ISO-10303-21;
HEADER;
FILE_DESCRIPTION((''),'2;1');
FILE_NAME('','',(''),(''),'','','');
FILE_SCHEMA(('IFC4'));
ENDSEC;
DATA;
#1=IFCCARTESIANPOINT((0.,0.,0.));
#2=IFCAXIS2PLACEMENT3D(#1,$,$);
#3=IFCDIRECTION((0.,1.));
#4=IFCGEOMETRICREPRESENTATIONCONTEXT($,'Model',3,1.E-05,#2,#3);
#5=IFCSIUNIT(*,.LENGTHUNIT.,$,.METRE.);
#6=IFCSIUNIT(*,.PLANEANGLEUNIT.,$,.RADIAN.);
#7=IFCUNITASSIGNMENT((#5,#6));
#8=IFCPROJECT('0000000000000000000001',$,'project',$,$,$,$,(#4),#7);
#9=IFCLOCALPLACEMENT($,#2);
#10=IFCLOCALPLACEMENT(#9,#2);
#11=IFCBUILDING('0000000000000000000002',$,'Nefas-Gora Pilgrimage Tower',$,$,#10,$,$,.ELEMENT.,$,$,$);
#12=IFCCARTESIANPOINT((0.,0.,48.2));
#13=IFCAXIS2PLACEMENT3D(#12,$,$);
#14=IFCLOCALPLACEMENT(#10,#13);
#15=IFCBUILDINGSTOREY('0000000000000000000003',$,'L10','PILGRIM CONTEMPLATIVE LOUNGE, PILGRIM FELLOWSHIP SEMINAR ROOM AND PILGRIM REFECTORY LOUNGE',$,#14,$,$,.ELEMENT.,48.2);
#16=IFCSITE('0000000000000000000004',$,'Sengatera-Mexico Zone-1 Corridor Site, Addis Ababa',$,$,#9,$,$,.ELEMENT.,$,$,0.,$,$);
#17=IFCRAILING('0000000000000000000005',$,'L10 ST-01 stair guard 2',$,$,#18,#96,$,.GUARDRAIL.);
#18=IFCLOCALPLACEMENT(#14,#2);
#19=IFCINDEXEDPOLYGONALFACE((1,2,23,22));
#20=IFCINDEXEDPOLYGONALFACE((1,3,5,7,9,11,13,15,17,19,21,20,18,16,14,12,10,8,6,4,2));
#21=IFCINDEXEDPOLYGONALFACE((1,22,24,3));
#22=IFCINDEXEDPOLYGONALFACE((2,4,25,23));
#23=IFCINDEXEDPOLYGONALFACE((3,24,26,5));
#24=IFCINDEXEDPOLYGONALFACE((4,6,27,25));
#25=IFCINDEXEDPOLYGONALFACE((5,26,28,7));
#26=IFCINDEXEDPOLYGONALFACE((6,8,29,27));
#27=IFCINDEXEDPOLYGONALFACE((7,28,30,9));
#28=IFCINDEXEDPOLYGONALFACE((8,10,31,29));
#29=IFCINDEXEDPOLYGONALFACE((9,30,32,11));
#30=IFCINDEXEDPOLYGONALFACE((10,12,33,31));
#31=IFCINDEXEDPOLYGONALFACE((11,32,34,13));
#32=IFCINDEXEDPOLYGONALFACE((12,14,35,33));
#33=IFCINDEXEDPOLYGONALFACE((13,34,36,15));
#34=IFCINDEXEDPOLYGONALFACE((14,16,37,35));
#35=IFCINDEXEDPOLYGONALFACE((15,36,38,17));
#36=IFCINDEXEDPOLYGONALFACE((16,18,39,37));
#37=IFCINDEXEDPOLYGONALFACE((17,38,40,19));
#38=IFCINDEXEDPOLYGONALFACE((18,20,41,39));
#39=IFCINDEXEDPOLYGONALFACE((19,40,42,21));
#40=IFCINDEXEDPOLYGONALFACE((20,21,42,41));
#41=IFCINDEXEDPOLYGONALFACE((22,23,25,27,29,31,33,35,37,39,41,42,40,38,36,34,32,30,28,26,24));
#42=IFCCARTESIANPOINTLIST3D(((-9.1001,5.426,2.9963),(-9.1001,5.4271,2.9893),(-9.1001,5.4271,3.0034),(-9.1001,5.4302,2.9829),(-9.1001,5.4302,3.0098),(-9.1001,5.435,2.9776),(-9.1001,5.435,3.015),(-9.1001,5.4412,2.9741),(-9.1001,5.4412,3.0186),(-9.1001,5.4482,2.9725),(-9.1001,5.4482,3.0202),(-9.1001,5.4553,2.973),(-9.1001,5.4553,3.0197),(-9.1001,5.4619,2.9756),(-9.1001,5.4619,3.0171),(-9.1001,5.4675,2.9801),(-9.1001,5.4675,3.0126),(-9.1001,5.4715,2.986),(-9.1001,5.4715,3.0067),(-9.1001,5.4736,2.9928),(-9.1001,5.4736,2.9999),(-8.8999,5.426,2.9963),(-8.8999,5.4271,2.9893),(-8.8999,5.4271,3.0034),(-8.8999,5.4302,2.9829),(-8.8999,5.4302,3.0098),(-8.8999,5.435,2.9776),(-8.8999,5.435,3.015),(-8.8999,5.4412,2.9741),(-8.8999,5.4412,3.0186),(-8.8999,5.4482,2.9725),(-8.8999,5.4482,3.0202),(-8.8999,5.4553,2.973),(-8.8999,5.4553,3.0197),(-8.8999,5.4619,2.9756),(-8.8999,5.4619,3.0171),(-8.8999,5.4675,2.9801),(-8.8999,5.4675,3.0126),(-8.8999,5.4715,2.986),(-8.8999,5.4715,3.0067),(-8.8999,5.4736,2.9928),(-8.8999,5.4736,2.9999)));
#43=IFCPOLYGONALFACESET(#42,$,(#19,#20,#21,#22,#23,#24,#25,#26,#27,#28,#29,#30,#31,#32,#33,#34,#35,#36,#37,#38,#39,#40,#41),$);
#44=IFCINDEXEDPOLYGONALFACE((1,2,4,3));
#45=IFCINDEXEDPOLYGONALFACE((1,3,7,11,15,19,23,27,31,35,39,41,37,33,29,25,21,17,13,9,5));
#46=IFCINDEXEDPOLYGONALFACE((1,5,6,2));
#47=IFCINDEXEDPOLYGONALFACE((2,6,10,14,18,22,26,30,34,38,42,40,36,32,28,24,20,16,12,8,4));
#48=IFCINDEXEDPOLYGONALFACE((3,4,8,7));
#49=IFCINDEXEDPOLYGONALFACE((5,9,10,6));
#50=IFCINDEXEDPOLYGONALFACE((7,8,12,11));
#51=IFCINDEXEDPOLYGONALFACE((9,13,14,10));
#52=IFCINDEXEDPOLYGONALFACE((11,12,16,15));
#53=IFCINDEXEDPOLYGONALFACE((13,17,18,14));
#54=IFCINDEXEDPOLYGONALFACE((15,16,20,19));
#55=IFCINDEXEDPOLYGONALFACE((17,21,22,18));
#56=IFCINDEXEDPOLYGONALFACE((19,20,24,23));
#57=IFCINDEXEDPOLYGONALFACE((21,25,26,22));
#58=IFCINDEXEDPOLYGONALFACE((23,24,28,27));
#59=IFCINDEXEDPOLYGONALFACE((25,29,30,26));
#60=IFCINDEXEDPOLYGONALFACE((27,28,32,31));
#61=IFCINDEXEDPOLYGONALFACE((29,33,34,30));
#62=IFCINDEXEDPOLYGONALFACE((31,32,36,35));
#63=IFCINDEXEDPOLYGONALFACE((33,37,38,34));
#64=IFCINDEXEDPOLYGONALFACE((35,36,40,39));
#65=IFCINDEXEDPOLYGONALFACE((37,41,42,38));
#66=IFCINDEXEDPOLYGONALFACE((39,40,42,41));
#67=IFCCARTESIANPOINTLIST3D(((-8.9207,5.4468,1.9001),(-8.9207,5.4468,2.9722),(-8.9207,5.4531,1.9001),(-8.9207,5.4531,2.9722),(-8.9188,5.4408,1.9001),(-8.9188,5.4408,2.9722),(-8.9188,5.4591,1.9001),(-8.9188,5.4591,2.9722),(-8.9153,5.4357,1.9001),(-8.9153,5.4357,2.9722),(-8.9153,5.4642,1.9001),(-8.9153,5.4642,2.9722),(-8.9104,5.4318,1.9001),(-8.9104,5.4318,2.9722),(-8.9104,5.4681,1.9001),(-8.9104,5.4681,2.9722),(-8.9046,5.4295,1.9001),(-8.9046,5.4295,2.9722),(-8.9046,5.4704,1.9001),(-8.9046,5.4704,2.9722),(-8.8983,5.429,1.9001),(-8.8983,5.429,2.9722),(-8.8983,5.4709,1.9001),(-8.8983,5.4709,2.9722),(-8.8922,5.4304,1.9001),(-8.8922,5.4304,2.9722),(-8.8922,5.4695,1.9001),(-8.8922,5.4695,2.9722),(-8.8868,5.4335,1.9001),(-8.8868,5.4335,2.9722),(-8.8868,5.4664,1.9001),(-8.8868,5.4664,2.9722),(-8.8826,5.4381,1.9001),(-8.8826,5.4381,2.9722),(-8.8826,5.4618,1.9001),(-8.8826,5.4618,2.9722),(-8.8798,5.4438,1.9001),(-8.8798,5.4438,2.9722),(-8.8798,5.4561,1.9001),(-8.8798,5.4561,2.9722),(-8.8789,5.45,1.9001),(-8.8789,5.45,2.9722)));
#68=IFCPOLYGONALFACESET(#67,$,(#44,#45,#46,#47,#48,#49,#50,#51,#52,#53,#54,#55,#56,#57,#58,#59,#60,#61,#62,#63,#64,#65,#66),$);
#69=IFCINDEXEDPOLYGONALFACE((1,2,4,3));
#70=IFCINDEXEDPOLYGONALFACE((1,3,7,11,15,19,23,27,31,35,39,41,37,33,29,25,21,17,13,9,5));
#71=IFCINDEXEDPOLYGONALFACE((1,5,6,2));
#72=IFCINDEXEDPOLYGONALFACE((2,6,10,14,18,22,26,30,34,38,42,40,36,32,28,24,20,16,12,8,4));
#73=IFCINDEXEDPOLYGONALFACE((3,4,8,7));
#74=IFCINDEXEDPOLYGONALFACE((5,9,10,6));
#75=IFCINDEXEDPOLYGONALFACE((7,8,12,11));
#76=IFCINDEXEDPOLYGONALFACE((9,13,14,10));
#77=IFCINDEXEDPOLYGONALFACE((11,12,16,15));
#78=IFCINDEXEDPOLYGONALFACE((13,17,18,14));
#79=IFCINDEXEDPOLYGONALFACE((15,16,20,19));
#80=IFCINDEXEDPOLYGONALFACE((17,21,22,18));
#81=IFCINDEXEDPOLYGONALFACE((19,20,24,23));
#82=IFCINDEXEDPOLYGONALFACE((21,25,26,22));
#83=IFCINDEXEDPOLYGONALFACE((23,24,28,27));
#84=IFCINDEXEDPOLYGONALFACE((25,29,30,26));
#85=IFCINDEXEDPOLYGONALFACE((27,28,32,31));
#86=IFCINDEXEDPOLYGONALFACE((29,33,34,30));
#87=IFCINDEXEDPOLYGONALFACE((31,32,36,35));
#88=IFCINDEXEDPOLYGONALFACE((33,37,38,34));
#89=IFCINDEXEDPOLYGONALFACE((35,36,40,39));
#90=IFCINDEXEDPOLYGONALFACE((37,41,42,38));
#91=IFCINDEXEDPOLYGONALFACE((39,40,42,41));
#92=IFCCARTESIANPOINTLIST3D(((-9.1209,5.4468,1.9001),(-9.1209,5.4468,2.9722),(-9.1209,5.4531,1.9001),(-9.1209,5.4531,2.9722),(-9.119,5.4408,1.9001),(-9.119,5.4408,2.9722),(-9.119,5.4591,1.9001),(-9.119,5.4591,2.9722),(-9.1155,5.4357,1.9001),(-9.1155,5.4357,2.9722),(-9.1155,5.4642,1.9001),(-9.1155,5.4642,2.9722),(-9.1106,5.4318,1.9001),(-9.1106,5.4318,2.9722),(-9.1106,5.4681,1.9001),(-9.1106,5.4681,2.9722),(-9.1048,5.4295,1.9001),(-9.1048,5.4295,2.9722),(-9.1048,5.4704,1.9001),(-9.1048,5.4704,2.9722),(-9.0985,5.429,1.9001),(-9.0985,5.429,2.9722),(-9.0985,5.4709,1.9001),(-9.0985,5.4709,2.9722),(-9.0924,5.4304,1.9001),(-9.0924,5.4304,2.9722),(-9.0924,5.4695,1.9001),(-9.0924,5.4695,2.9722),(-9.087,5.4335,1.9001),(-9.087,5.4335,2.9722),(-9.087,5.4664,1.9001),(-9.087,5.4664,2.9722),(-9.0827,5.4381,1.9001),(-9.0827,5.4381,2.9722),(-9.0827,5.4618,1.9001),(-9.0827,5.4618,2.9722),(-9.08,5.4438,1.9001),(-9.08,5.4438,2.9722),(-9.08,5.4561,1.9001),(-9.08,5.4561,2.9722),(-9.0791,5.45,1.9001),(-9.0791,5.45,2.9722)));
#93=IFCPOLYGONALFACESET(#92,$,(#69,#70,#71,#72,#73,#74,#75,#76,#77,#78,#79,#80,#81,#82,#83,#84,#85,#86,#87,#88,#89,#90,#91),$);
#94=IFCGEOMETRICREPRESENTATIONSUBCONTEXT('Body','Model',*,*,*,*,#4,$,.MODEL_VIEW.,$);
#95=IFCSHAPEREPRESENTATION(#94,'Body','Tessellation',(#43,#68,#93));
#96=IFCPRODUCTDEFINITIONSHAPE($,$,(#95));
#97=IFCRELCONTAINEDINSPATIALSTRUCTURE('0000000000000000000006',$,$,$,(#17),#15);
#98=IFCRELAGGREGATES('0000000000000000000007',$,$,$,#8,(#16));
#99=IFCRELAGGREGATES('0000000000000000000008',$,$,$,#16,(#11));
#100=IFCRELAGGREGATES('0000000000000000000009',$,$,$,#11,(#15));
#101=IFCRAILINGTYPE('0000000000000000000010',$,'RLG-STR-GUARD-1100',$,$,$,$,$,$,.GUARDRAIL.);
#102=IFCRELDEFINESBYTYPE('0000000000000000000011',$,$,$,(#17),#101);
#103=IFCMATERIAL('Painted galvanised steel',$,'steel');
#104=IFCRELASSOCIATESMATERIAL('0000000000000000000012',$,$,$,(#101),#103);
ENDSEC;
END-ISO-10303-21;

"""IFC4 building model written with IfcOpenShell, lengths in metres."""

from ifc_helpers import new_model, si_unit, direction, frame, origin, origin_2d, place, context, subcontext, project, spatial, circle, extrude, material, type_object, element, save


model = new_model("IFC4")

# Units and contexts
model_context = context("Model", 3, precision=1e-05, world=origin(), true_north=direction((0.0, 1.0)))
body_context = subcontext(model_context, "Body", "Model", "MODEL_VIEW")
ifc_project = project(units=[si_unit("LENGTHUNIT", "METRE"), si_unit("PLANEANGLEUNIT", "RADIAN")], contexts=[model_context])

# Site, building, storey
site_placement = place(None, origin())
site = spatial("IfcSite", under=ifc_project, at=site_placement, Name="Sengatera-Mexico Zone-1 Corridor Site, Addis Ababa", CompositionType="ELEMENT", RefElevation=0.0)
building_placement = place(site_placement, origin())
building = spatial("IfcBuilding", under=site, at=building_placement, Name="Nefas-Gora Pilgrimage Tower", CompositionType="ELEMENT")
storey_placement = place(building_placement, frame((0.0, 0.0, 48.2)))
storey = spatial("IfcBuildingStorey", under=building, at=storey_placement, Name="L10", Description="PILGRIM CONTEMPLATIVE LOUNGE, PILGRIM FELLOWSHIP SEMINAR ROOM AND PILGRIM REFECTORY LOUNGE", CompositionType="ELEMENT", Elevation=48.2)

# Railing
ifc_material_1 = material(Name="Painted galvanised steel", Category="steel")
railing_type_1 = type_object("IfcRailingType", Name="RLG-STR-GUARD-1100", PredefinedType="GUARDRAIL", material=ifc_material_1)
railing_1_placement = place(storey_placement, frame((-8.8999, 5.45, 1.9001)))
element("IfcRailing", 1, at=railing_1_placement, inside=storey, type_object=railing_type_1, Name="L10 ST-01 stair guard 2", PredefinedType="GUARDRAIL", context=body_context, shape_type="SweptSolid", body=[
    extrude(circle(Radius=0.0239, at=origin_2d()), frame((0.0, 0.0, 1.0962), z_axis=(-1.0, 0.0, 0.0), x_axis=(0.0, -1.0, 0.0)), (0.0, 0.0, 1.0), 0.2002),
    extrude(circle(Radius=0.021, at=origin_2d()), origin(), (0.0, 0.0, 1.0), 1.072),
    extrude(circle(Radius=0.021, at=origin_2d()), frame((-0.2002, 0.0, 0.0)), (0.0, 0.0, 1.0), 1.072),
])

save(model, "model.ifc")
